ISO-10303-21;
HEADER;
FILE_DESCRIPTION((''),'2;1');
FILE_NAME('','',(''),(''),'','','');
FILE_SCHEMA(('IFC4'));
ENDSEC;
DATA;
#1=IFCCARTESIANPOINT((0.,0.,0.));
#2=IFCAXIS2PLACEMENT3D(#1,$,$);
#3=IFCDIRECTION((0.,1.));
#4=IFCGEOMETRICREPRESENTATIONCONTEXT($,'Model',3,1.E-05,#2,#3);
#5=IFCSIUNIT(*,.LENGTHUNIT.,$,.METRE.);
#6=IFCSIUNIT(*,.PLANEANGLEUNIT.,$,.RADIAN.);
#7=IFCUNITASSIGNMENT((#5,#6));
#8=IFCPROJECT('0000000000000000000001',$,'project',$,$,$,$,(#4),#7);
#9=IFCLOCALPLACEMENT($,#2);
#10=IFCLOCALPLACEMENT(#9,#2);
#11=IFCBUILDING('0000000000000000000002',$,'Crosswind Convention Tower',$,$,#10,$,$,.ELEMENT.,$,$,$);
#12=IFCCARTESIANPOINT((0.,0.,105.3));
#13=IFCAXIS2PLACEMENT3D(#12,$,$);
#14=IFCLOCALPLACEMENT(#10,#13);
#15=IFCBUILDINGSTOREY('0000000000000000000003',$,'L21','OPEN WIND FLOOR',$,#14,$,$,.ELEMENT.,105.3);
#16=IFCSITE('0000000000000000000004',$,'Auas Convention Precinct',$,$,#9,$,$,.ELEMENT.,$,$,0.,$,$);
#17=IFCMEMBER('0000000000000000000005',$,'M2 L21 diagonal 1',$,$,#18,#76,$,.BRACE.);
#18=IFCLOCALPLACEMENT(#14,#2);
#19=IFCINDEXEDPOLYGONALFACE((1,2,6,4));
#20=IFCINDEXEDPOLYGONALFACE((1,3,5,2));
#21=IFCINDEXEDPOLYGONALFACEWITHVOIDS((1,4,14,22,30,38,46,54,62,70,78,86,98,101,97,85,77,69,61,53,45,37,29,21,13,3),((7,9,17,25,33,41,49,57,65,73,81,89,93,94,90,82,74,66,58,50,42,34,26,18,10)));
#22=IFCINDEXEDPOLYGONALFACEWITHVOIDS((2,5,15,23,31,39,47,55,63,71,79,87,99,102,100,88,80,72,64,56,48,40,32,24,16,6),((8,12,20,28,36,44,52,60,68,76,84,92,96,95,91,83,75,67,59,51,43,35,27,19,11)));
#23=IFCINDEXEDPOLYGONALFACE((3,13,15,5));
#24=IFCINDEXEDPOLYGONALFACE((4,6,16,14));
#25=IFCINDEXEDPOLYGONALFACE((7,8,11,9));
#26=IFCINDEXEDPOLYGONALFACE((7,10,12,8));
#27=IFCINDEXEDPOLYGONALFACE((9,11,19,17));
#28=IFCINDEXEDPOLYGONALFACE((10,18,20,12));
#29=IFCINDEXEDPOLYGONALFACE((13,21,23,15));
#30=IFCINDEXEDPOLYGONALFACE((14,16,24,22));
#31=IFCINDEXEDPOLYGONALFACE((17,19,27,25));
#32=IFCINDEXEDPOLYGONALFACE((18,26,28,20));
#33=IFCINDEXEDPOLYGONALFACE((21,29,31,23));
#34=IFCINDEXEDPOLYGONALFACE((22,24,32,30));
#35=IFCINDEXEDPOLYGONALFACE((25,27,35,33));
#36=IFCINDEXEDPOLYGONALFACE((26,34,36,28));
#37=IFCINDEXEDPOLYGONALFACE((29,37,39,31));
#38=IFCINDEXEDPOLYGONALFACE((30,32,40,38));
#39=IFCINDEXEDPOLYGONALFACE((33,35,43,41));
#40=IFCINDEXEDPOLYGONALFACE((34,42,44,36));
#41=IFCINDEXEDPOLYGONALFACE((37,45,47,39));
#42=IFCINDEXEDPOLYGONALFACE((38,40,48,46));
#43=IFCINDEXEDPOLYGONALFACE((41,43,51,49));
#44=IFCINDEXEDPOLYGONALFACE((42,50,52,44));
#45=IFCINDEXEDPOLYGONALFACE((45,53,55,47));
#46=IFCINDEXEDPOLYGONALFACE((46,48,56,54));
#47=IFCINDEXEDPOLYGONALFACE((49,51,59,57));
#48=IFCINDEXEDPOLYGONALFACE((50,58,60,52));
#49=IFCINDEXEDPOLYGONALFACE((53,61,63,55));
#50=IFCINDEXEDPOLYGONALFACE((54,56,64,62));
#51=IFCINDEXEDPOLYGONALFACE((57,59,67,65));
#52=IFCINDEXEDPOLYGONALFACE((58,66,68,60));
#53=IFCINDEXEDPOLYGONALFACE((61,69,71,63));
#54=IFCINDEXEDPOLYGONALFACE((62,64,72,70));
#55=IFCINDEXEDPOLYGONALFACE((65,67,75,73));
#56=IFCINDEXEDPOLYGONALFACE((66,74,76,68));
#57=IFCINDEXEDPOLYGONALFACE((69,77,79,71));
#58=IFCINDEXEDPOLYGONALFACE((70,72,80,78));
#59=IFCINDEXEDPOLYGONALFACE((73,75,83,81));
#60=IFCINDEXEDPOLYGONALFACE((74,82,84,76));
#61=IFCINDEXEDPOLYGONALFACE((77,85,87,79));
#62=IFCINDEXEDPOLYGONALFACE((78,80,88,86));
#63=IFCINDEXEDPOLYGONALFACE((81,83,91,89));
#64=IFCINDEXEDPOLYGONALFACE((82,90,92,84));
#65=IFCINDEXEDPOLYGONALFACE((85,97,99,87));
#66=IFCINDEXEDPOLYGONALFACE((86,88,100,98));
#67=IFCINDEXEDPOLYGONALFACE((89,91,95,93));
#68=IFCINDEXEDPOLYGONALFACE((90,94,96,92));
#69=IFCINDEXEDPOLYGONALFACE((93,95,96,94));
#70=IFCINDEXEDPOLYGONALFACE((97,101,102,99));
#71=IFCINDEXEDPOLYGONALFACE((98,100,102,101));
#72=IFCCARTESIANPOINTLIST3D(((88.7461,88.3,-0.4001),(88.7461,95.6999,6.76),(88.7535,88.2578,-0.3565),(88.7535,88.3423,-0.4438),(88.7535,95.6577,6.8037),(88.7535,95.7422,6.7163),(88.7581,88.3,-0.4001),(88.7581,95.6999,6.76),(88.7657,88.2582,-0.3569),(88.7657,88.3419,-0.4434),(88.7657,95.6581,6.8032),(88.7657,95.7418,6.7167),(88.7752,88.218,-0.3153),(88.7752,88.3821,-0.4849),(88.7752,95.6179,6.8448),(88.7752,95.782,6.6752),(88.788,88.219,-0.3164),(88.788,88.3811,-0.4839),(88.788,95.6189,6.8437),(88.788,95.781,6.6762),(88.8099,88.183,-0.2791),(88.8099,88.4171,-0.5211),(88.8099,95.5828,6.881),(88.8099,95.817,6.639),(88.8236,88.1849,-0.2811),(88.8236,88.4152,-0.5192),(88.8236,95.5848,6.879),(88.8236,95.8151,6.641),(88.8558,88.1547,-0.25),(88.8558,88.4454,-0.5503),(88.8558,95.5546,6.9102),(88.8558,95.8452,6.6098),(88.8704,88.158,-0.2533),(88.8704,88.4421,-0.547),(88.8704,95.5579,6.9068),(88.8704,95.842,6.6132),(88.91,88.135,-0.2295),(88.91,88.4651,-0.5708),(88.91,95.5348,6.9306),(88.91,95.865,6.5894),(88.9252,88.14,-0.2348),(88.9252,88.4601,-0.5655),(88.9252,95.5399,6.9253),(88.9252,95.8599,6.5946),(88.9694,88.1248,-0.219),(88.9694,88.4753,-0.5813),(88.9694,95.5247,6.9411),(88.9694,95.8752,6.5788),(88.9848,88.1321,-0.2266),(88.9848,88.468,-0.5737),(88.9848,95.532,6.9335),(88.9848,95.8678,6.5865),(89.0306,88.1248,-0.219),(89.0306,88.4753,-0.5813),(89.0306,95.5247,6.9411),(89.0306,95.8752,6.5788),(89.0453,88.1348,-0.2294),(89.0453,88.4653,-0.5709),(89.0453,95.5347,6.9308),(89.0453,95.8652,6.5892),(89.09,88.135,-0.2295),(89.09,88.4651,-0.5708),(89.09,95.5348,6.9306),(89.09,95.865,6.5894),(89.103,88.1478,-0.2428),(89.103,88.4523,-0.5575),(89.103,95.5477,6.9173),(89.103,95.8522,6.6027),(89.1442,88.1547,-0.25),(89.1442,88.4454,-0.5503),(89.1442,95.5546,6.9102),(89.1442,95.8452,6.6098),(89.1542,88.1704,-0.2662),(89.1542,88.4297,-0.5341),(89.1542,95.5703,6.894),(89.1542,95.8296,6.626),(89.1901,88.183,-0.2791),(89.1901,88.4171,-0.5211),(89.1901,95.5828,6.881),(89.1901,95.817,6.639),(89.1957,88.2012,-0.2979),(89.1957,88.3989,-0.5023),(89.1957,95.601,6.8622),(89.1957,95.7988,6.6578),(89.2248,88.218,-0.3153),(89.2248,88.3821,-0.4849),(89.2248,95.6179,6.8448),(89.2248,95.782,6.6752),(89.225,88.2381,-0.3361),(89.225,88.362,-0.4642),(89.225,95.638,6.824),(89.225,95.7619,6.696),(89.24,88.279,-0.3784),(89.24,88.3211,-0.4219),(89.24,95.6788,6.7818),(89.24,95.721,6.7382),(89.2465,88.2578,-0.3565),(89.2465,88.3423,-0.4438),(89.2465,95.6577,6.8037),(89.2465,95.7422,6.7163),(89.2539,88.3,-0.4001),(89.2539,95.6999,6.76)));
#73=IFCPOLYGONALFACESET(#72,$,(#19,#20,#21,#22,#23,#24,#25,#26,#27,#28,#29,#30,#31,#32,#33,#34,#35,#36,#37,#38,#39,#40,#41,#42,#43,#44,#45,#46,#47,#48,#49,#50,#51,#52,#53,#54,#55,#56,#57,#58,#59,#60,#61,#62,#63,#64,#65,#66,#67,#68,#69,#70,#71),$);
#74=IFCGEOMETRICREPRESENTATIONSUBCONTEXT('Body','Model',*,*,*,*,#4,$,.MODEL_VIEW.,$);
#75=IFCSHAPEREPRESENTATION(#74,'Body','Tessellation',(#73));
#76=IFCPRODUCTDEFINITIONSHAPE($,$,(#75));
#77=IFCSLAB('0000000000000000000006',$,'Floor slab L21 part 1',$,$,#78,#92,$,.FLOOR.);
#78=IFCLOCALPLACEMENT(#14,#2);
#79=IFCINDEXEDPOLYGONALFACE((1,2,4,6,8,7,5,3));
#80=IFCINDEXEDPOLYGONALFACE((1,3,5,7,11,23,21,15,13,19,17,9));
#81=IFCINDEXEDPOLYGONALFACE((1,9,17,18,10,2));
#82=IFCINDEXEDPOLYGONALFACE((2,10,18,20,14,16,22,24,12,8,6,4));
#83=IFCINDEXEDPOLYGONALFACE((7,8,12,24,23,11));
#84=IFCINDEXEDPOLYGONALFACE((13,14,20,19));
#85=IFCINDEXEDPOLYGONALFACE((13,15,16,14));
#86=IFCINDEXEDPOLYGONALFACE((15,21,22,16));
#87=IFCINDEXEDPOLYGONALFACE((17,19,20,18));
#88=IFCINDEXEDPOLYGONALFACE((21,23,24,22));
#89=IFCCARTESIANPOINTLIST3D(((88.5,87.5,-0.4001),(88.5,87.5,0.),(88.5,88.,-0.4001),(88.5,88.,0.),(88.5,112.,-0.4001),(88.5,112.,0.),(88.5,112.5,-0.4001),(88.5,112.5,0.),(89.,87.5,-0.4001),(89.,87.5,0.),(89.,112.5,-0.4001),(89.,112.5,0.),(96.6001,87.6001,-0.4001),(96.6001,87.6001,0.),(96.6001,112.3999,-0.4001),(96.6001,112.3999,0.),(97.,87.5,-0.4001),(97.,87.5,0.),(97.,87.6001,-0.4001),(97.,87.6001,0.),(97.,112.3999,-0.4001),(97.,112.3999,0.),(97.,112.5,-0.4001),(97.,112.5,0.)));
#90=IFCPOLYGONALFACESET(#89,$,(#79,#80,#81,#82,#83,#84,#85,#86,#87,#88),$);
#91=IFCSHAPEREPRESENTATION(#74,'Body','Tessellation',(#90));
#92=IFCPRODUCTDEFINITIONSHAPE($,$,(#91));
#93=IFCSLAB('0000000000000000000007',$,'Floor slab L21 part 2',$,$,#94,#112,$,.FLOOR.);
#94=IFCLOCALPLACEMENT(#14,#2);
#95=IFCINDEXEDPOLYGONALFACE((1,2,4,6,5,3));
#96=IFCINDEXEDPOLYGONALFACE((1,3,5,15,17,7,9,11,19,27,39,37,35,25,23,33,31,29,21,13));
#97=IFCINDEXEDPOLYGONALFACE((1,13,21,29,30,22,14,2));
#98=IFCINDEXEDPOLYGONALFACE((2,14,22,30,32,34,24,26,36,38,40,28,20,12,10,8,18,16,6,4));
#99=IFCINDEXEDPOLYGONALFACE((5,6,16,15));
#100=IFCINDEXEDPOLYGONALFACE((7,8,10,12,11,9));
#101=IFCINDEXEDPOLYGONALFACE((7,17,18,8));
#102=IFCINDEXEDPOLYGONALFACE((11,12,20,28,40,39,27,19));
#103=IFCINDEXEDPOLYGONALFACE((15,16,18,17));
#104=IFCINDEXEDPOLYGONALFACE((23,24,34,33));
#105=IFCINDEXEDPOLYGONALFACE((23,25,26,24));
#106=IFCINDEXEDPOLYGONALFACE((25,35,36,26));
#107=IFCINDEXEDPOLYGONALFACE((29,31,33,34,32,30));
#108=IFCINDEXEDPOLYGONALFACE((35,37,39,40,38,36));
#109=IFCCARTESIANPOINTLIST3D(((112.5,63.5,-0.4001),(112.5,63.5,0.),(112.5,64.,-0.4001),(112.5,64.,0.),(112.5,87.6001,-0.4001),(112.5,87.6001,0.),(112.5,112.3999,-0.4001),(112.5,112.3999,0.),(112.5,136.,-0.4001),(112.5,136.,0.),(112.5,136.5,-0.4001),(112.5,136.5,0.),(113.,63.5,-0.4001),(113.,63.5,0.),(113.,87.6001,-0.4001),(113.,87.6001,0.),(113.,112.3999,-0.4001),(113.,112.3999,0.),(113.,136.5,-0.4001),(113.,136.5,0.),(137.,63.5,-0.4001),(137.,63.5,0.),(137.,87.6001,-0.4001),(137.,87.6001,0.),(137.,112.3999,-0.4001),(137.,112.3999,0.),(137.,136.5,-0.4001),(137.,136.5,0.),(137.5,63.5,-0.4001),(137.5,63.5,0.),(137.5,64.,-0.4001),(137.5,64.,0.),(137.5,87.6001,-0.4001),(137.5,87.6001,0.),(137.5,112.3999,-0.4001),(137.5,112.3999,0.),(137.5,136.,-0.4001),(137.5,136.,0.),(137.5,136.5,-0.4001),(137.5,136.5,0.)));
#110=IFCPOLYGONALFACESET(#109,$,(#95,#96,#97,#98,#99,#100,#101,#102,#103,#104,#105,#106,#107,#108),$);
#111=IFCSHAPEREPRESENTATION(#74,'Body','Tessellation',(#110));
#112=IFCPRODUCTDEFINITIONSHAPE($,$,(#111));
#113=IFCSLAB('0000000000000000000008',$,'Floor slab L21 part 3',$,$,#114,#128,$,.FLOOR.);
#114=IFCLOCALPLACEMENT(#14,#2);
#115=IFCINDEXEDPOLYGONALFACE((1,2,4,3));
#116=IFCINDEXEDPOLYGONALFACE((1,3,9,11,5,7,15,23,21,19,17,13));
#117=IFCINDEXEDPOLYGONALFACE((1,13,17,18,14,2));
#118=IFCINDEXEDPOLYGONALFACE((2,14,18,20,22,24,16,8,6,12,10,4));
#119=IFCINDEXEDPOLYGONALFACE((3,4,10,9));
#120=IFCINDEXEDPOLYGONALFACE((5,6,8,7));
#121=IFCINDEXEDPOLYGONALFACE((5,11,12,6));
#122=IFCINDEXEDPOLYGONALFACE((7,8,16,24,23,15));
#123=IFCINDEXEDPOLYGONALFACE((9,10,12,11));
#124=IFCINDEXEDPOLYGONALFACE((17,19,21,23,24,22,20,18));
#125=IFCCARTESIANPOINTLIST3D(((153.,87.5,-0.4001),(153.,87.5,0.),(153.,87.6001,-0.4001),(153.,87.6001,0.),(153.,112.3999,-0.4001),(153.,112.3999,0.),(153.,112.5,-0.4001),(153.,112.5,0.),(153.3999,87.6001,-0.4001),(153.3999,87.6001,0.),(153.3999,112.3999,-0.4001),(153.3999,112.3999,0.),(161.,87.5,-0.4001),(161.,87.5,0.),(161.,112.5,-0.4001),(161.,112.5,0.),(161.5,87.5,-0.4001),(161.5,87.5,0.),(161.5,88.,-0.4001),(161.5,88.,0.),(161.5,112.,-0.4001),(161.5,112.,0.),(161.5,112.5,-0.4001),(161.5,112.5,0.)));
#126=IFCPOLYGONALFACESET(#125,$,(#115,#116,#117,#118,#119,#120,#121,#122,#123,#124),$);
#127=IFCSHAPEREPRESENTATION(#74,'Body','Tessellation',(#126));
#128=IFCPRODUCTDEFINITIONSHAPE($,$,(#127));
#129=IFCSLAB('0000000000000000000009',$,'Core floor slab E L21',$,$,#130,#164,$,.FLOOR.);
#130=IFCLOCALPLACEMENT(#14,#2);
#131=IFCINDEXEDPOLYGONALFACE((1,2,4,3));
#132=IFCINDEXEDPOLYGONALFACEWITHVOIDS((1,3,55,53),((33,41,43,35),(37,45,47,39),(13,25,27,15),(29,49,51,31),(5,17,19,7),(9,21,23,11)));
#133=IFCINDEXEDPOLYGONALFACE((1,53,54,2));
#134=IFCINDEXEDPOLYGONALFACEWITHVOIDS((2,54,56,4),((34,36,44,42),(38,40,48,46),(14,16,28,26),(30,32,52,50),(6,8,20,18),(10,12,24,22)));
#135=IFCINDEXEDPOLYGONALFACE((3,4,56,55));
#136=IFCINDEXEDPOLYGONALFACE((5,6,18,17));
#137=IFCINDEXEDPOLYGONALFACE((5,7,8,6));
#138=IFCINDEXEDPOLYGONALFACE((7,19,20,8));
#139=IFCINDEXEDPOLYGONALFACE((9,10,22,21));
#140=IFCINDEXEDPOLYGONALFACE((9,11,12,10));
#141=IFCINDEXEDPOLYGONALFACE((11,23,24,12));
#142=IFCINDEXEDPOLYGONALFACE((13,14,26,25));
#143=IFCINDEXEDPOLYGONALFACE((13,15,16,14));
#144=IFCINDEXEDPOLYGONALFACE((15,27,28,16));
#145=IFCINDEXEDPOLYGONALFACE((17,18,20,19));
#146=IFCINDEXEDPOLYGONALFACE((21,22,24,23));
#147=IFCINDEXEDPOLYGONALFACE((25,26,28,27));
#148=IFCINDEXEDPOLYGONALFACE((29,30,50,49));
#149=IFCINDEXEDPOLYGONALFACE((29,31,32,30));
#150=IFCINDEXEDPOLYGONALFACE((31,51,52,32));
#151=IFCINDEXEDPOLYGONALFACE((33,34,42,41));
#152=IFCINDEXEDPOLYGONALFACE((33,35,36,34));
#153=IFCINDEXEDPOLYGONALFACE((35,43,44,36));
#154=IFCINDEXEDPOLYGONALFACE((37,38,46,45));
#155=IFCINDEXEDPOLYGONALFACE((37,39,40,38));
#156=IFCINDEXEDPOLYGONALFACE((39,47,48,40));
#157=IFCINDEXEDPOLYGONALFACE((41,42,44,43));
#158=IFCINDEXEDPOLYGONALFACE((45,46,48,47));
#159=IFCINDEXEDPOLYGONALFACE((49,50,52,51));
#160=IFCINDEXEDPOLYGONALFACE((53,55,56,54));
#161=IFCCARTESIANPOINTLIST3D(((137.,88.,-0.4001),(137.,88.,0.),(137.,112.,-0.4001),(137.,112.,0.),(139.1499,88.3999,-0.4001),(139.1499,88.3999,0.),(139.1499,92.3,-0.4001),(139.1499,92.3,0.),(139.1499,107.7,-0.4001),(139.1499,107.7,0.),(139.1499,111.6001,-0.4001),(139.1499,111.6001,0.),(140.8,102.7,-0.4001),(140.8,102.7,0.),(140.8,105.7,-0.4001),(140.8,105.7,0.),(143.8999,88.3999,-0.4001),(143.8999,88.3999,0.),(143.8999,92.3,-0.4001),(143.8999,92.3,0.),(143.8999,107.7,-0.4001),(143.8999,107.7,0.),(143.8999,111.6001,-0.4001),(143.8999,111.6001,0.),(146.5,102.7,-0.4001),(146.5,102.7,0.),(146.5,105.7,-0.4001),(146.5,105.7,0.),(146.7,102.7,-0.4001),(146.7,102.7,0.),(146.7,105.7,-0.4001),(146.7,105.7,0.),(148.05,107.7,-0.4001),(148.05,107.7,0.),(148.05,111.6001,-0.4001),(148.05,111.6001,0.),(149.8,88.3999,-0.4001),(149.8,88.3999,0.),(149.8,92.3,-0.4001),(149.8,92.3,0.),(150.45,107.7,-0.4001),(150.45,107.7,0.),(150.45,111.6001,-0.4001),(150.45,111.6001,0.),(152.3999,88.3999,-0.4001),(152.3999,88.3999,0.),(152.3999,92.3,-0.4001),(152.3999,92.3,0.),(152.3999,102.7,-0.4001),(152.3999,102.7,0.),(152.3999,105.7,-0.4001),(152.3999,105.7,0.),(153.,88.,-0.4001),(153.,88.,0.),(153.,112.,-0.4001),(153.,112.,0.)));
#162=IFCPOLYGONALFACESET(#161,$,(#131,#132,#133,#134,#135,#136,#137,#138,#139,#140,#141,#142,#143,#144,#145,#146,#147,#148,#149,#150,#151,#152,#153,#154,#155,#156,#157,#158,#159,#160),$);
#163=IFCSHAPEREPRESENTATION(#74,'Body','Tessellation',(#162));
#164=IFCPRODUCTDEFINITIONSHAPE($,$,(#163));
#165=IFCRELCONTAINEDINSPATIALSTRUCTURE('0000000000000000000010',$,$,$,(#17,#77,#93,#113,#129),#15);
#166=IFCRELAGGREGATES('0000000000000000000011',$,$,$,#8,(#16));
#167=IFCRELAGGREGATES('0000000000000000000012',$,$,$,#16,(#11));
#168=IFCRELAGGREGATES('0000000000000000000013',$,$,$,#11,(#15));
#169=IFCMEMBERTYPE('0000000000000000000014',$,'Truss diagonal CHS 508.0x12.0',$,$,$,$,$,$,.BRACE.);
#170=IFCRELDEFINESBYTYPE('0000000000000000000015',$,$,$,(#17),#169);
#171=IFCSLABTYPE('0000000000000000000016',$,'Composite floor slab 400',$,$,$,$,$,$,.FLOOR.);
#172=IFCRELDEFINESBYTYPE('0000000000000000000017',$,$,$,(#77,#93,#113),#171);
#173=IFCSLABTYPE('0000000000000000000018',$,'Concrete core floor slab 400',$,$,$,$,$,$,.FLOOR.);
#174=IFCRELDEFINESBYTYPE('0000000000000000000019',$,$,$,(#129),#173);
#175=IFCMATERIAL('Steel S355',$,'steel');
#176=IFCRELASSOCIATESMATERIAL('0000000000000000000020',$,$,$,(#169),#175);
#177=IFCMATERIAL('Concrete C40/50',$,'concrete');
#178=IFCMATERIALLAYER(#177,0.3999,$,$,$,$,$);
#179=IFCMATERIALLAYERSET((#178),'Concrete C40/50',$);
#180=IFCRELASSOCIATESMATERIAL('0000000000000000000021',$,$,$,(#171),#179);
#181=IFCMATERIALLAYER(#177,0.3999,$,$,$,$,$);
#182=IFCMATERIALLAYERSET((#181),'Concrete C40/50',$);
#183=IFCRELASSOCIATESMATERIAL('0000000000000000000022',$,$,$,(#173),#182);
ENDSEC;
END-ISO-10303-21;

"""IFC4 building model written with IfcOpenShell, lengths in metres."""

from ifc_helpers import new_model, si_unit, direction, frame, origin, origin_2d, place, context, subcontext, project, spatial, polyline, hollow_circle, outline, extrude, material, layer, layer_set, material_profile, profile_set, type_object, element, save


model = new_model("IFC4")

# Units and contexts
model_context = context("Model", 3, precision=1e-05, world=origin(), true_north=direction((0.0, 1.0)))
body_context = subcontext(model_context, "Body", "Model", "MODEL_VIEW")
ifc_project = project(units=[si_unit("LENGTHUNIT", "METRE"), si_unit("PLANEANGLEUNIT", "RADIAN")], contexts=[model_context])

# Site, building, storey
site_placement = place(None, origin())
site = spatial("IfcSite", under=ifc_project, at=site_placement, Name="Auas Convention Precinct", CompositionType="ELEMENT", RefElevation=0.0)
building_placement = place(site_placement, origin())
building = spatial("IfcBuilding", under=site, at=building_placement, Name="Crosswind Convention Tower", CompositionType="ELEMENT")
storey_placement = place(building_placement, frame((0.0, 0.0, 105.3)))
storey = spatial("IfcBuildingStorey", under=building, at=storey_placement, Name="L21", Description="OPEN WIND FLOOR", CompositionType="ELEMENT", Elevation=105.3)

# Member
ifc_material_1 = material(Name="Steel S355", Category="steel")
ifc_material_profile_1 = material_profile(ifc_material_1, hollow_circle(Radius=0.2539, WallThickness=0.012, at=origin_2d()), Name="CHS 508.0x12.0")
ifc_profile_set_1 = profile_set([ifc_material_profile_1], Name="Steel S355")
member_type_1 = type_object("IfcMemberType", Name="Truss diagonal CHS 508.0x12.0", PredefinedType="BRACE", material=ifc_profile_set_1)
member_placement = place(storey_placement, frame((89.0, 88.3, -0.4001), z_axis=(0.0, 0.718653, 0.695369), x_axis=(-1.0, 0.0, 0.0)))
element("IfcMember", 1, at=member_placement, inside=storey, type_object=member_type_1, Name="M2 L21 diagonal 1", PredefinedType="BRACE", context=body_context, shape_type="SweptSolid", body=[
    extrude(hollow_circle(Radius=0.2539, WallThickness=0.012, at=origin_2d()), origin(), (0.0, 0.0, 1.0), 10.2969),
])

# Slabs
ifc_material_2 = material(Name="Concrete C40/50", Category="concrete")
ifc_layer_1 = layer(ifc_material_2, 0.3999)
ifc_layer_set_1 = layer_set([ifc_layer_1], Name="Concrete C40/50")
slab_type_1 = type_object("IfcSlabType", Name="Composite floor slab 400", PredefinedType="FLOOR", material=ifc_layer_set_1)
slab_1_placement = place(storey_placement, frame((0.0, 0.0, -0.4001)))
element("IfcSlab", 2, at=slab_1_placement, inside=storey, type_object=slab_type_1, Name="Floor slab L21 part 1", PredefinedType="FLOOR", context=body_context, shape_type="SweptSolid", body=[
    extrude(outline(polyline([(97.0, 87.5), (89.0, 87.5), (88.5, 87.5), (88.5, 88.0), (88.5, 112.0), (88.5, 112.5), (89.0, 112.5), (97.0, 112.5), (97.0, 112.3999), (96.6001, 112.3999), (96.6001, 87.6001), (97.0, 87.6001), (97.0, 87.5)])), origin(), (0.0, 0.0, 1.0), 0.4001),
])
slab_2_placement = place(storey_placement, frame((0.0, 0.0, -0.4001)))
element("IfcSlab", 3, at=slab_2_placement, inside=storey, type_object=slab_type_1, Name="Floor slab L21 part 2", PredefinedType="FLOOR", context=body_context, shape_type="SweptSolid", body=[
    extrude(outline(polyline([(112.5, 87.6001), (113.0, 87.6001), (113.0, 112.3999), (112.5, 112.3999), (112.5, 136.0), (112.5, 136.5), (113.0, 136.5), (137.0, 136.5), (137.5, 136.5), (137.5, 136.0), (137.5, 112.3999), (137.0, 112.3999), (137.0, 87.6001), (137.5, 87.6001), (137.5, 64.0), (137.5, 63.5), (137.0, 63.5), (113.0, 63.5), (112.5, 63.5), (112.5, 64.0), (112.5, 87.6001)])), origin(), (0.0, 0.0, 1.0), 0.4001),
])
slab_3_placement = place(storey_placement, frame((0.0, 0.0, -0.4001)))
element("IfcSlab", 4, at=slab_3_placement, inside=storey, type_object=slab_type_1, Name="Floor slab L21 part 3", PredefinedType="FLOOR", context=body_context, shape_type="SweptSolid", body=[
    extrude(outline(polyline([(153.0, 112.5), (161.0, 112.5), (161.5, 112.5), (161.5, 112.0), (161.5, 88.0), (161.5, 87.5), (161.0, 87.5), (153.0, 87.5), (153.0, 87.6001), (153.3999, 87.6001), (153.3999, 112.3999), (153.0, 112.3999), (153.0, 112.5)])), origin(), (0.0, 0.0, 1.0), 0.4001),
])
ifc_layer_2 = layer(ifc_material_2, 0.3999)
ifc_layer_set_2 = layer_set([ifc_layer_2], Name="Concrete C40/50")
slab_type_2 = type_object("IfcSlabType", Name="Concrete core floor slab 400", PredefinedType="FLOOR", material=ifc_layer_set_2)
slab_4_placement = place(storey_placement, frame((0.0, 0.0, -0.4001)))
element("IfcSlab", 5, at=slab_4_placement, inside=storey, type_object=slab_type_2, Name="Core floor slab E L21", PredefinedType="FLOOR", context=body_context, shape_type="SweptSolid", body=[
    extrude(outline(polyline([(137.0, 88.0), (153.0, 88.0), (153.0, 112.0), (137.0, 112.0), (137.0, 88.0)]), holes=[polyline([(146.5, 102.7), (146.5, 105.7), (140.8, 105.7), (140.8, 102.7), (146.5, 102.7)]), polyline([(152.3999, 102.7), (152.3999, 105.7), (146.7, 105.7), (146.7, 102.7), (152.3999, 102.7)]), polyline([(150.45, 107.7), (150.45, 111.6001), (148.05, 111.6001), (148.05, 107.7), (150.45, 107.7)]), polyline([(152.3999, 88.3999), (152.3999, 92.3), (149.8, 92.3), (149.8, 88.3999), (152.3999, 88.3999)]), polyline([(143.8999, 107.7), (143.8999, 111.6001), (139.1499, 111.6001), (139.1499, 107.7), (143.8999, 107.7)]), polyline([(143.8999, 88.3999), (143.8999, 92.3), (139.1499, 92.3), (139.1499, 88.3999), (143.8999, 88.3999)])]), origin(), (0.0, 0.0, 1.0), 0.4001),
])

save(model, "model.ifc")
